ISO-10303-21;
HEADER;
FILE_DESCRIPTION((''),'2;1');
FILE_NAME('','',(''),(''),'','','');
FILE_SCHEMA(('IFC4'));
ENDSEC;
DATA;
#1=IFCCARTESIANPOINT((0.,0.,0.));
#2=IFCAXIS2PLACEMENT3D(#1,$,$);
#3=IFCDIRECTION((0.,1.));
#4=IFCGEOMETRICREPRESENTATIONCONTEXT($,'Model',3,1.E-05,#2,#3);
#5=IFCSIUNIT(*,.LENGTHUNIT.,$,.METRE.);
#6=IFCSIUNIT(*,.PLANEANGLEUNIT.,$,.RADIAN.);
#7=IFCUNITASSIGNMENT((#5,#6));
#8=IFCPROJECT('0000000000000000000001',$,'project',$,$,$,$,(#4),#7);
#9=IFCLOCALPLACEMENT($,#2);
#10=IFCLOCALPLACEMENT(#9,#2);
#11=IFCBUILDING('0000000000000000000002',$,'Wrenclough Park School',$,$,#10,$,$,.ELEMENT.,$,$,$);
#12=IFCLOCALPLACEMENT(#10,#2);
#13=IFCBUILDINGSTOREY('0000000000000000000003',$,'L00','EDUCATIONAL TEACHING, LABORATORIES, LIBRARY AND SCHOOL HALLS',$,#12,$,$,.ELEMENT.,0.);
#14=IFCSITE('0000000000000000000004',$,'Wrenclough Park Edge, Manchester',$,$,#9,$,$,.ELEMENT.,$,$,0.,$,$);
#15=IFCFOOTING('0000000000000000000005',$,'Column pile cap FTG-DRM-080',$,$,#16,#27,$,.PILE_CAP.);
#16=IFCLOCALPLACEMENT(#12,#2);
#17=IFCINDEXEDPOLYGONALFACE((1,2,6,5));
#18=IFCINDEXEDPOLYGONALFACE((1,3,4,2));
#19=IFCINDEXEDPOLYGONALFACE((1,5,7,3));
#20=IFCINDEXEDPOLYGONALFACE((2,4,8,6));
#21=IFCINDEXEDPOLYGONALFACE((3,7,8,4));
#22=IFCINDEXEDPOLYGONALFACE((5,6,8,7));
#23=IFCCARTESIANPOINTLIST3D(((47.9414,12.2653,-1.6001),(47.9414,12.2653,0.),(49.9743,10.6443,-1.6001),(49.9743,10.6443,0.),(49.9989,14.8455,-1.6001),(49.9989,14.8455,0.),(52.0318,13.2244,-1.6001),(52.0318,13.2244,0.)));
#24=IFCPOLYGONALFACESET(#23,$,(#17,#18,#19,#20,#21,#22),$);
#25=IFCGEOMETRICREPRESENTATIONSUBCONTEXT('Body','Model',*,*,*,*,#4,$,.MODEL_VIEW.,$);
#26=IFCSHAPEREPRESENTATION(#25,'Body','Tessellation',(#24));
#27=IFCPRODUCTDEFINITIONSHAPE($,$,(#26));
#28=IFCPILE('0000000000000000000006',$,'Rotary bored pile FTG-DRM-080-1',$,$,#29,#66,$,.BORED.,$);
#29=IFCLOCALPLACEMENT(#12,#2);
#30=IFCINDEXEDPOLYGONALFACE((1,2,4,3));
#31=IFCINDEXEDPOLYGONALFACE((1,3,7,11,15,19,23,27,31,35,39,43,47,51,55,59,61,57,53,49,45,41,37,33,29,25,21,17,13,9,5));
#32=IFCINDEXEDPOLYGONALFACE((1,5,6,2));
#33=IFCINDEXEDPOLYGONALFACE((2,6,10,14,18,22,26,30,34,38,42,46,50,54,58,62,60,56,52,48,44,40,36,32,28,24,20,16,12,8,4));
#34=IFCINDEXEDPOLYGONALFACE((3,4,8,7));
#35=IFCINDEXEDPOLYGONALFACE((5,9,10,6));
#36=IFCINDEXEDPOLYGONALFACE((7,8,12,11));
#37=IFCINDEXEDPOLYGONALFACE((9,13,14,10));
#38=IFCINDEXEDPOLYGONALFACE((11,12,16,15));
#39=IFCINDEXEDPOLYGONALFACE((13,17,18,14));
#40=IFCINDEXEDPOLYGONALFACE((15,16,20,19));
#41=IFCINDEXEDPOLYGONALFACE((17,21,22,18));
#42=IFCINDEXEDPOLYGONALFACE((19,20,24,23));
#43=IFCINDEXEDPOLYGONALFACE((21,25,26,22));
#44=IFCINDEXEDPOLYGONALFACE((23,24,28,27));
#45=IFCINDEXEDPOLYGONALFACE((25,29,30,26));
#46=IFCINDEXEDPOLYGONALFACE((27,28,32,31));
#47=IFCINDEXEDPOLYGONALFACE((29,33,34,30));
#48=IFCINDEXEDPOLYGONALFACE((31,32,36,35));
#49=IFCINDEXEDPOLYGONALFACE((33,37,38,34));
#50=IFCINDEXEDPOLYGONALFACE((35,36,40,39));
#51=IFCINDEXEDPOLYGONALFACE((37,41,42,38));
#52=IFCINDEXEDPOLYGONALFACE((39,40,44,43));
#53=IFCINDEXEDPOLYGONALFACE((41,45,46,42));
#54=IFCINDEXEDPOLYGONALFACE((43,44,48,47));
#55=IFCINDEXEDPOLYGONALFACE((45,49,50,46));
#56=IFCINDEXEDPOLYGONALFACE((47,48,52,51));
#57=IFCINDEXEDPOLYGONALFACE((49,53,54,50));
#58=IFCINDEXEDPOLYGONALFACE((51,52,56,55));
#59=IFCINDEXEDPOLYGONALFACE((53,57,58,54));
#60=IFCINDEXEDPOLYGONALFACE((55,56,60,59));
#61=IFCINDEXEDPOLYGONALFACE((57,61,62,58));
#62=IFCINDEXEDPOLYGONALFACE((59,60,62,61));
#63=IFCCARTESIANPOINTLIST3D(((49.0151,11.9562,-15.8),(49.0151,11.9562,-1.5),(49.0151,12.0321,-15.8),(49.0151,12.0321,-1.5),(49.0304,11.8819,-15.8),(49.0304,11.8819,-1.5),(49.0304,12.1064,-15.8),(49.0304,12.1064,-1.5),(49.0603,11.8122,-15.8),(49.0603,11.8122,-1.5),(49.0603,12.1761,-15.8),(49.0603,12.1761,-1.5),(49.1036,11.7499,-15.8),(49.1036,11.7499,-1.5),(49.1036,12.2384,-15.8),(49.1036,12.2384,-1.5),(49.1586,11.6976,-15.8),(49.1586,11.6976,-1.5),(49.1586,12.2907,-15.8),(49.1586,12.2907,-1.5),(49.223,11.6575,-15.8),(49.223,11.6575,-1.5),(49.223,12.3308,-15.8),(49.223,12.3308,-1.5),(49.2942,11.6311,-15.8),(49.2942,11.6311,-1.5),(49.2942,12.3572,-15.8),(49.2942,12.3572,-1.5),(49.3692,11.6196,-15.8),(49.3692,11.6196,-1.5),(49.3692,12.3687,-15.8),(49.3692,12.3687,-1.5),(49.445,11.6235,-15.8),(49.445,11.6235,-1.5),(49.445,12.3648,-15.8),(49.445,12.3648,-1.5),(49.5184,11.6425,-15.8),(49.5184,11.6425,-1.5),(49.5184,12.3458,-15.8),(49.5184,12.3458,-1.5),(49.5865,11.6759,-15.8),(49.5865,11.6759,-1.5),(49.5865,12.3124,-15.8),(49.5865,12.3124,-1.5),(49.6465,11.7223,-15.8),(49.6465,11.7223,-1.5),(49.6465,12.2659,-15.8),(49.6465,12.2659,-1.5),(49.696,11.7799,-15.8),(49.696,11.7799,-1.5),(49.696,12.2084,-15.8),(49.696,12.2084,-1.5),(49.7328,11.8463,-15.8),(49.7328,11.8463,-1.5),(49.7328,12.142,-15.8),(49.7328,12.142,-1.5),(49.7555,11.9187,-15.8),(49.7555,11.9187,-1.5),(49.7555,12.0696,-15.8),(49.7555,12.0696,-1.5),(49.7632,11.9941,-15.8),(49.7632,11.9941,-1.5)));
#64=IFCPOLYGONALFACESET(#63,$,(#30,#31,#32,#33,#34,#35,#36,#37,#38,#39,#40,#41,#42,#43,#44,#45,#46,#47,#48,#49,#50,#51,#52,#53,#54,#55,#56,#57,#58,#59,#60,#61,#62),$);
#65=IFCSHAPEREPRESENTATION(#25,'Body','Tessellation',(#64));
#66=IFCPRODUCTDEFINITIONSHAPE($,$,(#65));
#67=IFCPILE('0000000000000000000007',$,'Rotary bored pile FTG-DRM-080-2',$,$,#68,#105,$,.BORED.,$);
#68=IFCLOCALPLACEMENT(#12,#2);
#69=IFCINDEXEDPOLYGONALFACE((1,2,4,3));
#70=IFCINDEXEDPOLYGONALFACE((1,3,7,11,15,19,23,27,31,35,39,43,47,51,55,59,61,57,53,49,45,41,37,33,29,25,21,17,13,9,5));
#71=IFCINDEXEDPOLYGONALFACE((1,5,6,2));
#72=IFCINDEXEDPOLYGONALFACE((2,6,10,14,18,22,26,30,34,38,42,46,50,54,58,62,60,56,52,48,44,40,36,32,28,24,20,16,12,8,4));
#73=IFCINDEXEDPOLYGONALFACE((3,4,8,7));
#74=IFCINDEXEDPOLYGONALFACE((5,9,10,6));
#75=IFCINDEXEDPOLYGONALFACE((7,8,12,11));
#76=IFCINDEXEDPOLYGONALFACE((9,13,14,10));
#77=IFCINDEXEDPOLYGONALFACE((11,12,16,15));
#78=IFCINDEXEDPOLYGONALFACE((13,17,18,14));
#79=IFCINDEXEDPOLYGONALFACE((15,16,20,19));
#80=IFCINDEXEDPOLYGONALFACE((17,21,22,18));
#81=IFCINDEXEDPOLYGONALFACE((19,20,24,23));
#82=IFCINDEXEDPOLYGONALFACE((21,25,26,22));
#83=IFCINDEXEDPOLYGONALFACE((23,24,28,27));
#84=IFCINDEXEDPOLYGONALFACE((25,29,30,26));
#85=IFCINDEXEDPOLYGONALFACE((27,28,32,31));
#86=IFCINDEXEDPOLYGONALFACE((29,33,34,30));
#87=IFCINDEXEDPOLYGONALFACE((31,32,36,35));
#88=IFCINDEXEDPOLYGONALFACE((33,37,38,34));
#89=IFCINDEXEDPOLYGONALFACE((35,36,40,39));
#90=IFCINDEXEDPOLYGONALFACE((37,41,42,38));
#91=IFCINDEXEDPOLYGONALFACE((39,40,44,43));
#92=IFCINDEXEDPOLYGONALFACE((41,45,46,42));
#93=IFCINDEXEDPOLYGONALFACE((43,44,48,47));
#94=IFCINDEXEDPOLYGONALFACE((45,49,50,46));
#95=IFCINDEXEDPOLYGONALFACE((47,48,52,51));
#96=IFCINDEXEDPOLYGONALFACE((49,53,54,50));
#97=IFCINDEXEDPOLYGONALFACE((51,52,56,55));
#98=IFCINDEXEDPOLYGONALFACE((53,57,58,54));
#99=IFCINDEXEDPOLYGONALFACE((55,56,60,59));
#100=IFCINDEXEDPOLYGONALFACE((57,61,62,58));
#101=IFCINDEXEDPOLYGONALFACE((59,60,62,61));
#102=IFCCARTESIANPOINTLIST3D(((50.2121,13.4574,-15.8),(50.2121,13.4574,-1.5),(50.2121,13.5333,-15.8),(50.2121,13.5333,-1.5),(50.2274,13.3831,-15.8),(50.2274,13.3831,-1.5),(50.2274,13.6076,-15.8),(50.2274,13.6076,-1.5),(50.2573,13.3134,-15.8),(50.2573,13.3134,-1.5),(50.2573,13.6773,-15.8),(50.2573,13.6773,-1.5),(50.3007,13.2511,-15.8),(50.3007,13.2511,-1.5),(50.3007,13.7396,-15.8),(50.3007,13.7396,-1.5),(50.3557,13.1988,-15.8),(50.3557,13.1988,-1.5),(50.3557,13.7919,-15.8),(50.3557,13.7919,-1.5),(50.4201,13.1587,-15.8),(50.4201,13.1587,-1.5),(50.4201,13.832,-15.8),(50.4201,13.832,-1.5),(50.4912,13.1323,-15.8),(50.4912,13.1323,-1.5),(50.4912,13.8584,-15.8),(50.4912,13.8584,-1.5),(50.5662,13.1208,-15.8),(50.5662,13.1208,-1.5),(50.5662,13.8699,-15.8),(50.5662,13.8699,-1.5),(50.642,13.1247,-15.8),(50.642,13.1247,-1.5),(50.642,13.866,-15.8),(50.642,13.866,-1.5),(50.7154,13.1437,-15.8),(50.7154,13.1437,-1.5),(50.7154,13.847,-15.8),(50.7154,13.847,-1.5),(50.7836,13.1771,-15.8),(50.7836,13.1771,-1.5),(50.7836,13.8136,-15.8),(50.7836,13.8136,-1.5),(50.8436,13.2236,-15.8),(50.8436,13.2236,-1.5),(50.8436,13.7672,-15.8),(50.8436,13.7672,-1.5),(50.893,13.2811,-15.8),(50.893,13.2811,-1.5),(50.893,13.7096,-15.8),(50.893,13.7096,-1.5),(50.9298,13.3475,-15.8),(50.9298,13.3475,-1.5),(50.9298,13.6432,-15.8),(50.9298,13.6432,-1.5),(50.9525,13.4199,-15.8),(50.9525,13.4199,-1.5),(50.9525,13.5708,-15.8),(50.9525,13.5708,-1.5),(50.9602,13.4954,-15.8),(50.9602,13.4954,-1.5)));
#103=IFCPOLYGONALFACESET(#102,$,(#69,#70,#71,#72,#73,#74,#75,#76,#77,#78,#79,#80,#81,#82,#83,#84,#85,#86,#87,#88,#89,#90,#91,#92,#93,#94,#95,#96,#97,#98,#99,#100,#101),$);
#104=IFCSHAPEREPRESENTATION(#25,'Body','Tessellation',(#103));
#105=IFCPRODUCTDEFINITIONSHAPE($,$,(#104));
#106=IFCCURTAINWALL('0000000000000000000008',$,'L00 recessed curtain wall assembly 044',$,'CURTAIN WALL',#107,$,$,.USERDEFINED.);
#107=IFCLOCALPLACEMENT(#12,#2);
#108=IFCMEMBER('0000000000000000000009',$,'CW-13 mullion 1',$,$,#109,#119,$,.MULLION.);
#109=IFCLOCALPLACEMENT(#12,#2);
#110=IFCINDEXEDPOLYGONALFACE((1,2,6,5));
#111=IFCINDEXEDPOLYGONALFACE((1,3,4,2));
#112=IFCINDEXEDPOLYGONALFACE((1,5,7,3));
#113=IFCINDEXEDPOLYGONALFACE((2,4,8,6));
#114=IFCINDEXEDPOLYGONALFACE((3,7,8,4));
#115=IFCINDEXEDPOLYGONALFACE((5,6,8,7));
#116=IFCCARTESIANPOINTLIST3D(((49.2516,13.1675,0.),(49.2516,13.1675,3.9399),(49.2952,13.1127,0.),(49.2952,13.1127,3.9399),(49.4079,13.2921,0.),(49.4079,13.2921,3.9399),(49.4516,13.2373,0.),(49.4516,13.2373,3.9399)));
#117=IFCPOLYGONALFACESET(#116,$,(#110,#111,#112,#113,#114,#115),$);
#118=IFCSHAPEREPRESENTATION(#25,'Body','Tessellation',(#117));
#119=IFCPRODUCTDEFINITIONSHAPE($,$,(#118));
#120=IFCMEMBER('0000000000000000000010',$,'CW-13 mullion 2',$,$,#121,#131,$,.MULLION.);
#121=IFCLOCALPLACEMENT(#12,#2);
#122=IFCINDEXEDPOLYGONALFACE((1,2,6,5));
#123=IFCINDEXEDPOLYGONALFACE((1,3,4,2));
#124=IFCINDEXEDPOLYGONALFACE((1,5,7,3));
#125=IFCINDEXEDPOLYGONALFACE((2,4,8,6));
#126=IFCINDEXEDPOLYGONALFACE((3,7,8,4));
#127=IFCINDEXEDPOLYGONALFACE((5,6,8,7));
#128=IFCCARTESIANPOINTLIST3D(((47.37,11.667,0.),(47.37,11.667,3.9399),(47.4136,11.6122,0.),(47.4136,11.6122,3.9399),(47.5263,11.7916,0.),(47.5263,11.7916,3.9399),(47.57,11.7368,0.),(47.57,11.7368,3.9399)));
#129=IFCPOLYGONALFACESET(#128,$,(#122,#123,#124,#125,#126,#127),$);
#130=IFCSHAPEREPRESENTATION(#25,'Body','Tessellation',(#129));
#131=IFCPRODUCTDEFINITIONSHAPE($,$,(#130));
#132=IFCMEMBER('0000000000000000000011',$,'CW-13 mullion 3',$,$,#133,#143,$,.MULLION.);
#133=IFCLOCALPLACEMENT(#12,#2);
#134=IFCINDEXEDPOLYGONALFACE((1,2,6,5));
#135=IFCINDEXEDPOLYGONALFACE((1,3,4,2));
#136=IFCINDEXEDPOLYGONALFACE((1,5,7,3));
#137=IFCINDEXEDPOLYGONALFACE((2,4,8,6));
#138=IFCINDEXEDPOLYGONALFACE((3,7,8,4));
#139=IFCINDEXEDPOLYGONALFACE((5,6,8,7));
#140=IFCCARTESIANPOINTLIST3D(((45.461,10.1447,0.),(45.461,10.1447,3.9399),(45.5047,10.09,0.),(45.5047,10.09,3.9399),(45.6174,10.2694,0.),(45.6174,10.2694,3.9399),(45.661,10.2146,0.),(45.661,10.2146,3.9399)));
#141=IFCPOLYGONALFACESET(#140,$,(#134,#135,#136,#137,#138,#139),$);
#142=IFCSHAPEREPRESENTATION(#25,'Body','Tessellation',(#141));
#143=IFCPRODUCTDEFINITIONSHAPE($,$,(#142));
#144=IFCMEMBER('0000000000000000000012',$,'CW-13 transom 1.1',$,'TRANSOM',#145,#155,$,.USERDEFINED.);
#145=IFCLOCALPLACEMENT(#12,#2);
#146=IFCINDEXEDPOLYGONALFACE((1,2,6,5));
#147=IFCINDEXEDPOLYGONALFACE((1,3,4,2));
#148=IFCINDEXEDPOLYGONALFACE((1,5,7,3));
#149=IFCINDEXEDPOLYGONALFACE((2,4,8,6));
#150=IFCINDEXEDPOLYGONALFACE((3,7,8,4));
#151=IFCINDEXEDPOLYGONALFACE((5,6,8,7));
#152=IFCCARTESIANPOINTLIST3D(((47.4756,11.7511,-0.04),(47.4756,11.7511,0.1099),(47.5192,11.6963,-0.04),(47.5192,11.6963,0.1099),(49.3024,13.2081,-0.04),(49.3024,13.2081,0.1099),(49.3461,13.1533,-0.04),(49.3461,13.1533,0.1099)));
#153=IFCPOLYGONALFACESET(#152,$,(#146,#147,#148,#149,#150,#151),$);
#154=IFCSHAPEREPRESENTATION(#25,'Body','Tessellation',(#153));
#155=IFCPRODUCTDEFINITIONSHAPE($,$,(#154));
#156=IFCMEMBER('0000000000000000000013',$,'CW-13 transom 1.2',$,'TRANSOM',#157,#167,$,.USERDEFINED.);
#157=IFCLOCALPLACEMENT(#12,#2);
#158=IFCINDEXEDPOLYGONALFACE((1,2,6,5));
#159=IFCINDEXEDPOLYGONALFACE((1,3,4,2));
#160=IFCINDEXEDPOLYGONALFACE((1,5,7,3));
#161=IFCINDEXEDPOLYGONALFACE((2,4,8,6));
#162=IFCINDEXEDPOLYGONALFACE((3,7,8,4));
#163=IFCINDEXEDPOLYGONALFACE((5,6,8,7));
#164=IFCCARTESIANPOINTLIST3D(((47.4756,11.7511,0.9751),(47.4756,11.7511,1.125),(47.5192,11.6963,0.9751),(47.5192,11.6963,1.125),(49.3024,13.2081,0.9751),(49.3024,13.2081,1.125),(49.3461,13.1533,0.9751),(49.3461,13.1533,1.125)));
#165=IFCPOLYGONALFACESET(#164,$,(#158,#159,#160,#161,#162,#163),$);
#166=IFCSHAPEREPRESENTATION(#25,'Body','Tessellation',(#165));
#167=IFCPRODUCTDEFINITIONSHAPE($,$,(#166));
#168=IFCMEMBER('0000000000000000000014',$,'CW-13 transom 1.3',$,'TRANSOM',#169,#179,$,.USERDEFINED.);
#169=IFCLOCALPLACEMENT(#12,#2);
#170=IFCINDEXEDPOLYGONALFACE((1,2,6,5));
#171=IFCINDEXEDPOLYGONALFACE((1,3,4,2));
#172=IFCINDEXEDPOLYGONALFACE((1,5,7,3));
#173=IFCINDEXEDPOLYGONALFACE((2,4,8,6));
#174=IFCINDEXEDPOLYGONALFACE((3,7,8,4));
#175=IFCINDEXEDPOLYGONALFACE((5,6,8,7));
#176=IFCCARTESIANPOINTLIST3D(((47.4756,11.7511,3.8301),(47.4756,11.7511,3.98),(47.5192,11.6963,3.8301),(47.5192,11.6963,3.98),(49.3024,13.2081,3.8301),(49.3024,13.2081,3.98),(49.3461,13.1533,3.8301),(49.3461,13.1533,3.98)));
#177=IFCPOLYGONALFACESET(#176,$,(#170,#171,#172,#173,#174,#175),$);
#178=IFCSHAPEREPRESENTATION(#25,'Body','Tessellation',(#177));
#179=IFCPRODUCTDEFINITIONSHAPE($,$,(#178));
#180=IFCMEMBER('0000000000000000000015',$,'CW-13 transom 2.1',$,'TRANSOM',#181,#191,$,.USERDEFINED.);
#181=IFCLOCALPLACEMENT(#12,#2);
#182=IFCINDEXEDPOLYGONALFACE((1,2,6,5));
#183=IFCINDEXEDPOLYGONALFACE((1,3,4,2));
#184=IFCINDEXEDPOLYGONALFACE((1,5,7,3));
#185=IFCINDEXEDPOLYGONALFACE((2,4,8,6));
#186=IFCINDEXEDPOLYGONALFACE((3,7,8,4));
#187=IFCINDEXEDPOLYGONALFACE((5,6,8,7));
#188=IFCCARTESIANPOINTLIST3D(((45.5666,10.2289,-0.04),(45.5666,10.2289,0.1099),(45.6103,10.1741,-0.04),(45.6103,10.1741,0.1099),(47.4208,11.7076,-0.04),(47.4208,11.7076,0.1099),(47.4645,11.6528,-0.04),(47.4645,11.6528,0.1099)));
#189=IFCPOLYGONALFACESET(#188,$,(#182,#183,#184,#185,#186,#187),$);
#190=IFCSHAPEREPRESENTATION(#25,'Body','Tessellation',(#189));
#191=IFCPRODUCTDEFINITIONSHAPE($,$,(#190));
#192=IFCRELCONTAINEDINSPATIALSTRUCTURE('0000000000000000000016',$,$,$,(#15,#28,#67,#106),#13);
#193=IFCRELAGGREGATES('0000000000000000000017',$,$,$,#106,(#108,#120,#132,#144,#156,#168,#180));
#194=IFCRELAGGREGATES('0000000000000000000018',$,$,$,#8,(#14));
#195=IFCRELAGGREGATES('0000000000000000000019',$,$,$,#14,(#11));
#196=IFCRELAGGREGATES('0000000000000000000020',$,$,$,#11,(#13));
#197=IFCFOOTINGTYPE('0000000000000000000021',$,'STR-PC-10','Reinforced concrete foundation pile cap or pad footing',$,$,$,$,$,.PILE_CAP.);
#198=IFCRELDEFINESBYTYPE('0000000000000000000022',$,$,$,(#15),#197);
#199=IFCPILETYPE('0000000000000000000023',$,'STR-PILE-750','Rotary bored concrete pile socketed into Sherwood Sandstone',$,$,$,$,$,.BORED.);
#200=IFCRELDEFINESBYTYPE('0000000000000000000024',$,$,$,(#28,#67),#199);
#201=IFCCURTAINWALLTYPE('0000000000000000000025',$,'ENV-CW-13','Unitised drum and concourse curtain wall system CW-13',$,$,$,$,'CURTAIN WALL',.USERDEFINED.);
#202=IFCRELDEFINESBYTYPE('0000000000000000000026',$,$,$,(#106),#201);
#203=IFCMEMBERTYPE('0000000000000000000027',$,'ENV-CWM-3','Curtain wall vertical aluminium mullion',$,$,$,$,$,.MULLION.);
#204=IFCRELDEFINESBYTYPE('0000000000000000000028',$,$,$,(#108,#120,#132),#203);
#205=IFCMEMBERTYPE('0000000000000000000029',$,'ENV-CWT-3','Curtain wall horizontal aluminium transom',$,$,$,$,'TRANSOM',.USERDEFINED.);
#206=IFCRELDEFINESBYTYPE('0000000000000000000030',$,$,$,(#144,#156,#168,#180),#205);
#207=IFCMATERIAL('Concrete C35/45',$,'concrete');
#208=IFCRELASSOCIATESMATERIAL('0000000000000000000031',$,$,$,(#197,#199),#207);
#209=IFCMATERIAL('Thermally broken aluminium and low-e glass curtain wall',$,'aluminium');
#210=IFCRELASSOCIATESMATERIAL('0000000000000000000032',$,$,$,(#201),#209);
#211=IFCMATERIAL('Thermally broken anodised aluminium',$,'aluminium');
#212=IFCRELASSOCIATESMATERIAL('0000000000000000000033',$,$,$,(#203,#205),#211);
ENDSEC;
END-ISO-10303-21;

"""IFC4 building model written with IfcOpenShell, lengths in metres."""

from ifc_helpers import new_model, si_unit, direction, frame, origin, origin_2d, place, context, subcontext, project, spatial, rectangle, circle, extrude, material, material_profile, profile_set, type_object, element, aggregate, save


model = new_model("IFC4")

# Units and contexts
model_context = context("Model", 3, precision=1e-05, world=origin(), true_north=direction((0.0, 1.0)))
body_context = subcontext(model_context, "Body", "Model", "MODEL_VIEW")
ifc_project = project(units=[si_unit("LENGTHUNIT", "METRE"), si_unit("PLANEANGLEUNIT", "RADIAN")], contexts=[model_context])

# Site, building, storey
site_placement = place(None, origin())
site = spatial("IfcSite", under=ifc_project, at=site_placement, Name="Wrenclough Park Edge, Manchester", CompositionType="ELEMENT", RefElevation=0.0)
building_placement = place(site_placement, origin())
building = spatial("IfcBuilding", under=site, at=building_placement, Name="Wrenclough Park School", CompositionType="ELEMENT")
storey_placement = place(building_placement, origin())
storey = spatial("IfcBuildingStorey", under=building, at=storey_placement, Name="L00", Description="EDUCATIONAL TEACHING, LABORATORIES, LIBRARY AND SCHOOL HALLS", CompositionType="ELEMENT", Elevation=0.0)

# Footing
ifc_material_1 = material(Name="Concrete C35/45", Category="concrete")
footing_type = type_object("IfcFootingType", Name="STR-PC-10", Description="Reinforced concrete foundation pile cap or pad footing", PredefinedType="PILE_CAP", material=ifc_material_1)
footing_placement = place(storey_placement, frame((49.9866, 12.7449, -1.6001), z_axis=(0.0, 0.0, 1.0), x_axis=(0.62347, 0.781847, 0.0)))
element("IfcFooting", 1, at=footing_placement, inside=storey, type_object=footing_type, Name="Column pile cap FTG-DRM-080", PredefinedType="PILE_CAP", context=body_context, shape_type="SweptSolid", body=[
    extrude(rectangle(XDim=3.3, YDim=2.6001, at=origin_2d()), origin(), (0.0, 0.0, 1.0), 1.6001),
])

# Piles
ifc_material_profile_1 = material_profile(ifc_material_1, circle(Radius=0.375, at=origin_2d()), Name="BORED PILE D750")
ifc_profile_set_1 = profile_set([ifc_material_profile_1], Name="Concrete C35/45")
pile_type = type_object("IfcPileType", Name="STR-PILE-750", Description="Rotary bored concrete pile socketed into Sherwood Sandstone", PredefinedType="BORED", material=ifc_profile_set_1)
for number, where, z_axis, x_axis, name in (
    (2, (49.3882, 11.9941, -1.5), (0.0, 0.0, -1.0), (1.0, 0.0, 0.0), "Rotary bored pile FTG-DRM-080-1"),
    (3, (50.5852, 13.4954, -1.5), (0.0, 0.0, -1.0), (1.0, 0.0, 0.0), "Rotary bored pile FTG-DRM-080-2"),
):
    element("IfcPile", number, at=place(storey_placement, frame(where, z_axis=z_axis, x_axis=x_axis)), inside=storey, type_object=pile_type, Name=name, PredefinedType="BORED", context=body_context, shape_type="SweptSolid", body=[
        extrude(circle(Radius=0.375, at=origin_2d()), origin(), (0.0, 0.0, 1.0), 14.3),
    ])

# Curtain wall, members
ifc_material_2 = material(Name="Thermally broken aluminium and low-e glass curtain wall", Category="aluminium")
curtain_wall_type = type_object("IfcCurtainWallType", Name="ENV-CW-13", Description="Unitised drum and concourse curtain wall system CW-13", ElementType="CURTAIN WALL", PredefinedType="USERDEFINED", material=ifc_material_2)
curtain_wall_placement = place(storey_placement, origin())
curtain_wall = element("IfcCurtainWall", 4, at=curtain_wall_placement, inside=storey, type_object=curtain_wall_type, Name="L00 recessed curtain wall assembly 044", ObjectType="CURTAIN WALL", PredefinedType="USERDEFINED")
ifc_material_3 = material(Name="Thermally broken anodised aluminium", Category="aluminium")
ifc_material_profile_2 = material_profile(ifc_material_3, rectangle(XDim=0.0701, YDim=0.2, at=origin_2d()), Name="AL MULLION 70x200")
ifc_profile_set_2 = profile_set([ifc_material_profile_2], Name="Thermally broken anodised aluminium")
member_type_1 = type_object("IfcMemberType", Name="ENV-CWM-3", Description="Curtain wall vertical aluminium mullion", PredefinedType="MULLION", material=ifc_profile_set_2)
member_1_placement = place(storey_placement, frame((49.3516, 13.2024, 0.0), z_axis=(0.0, 0.0, 1.0), x_axis=(0.623484, -0.781836, 0.0)))
member_1 = element("IfcMember", 5, at=member_1_placement, type_object=member_type_1, Name="CW-13 mullion 1", PredefinedType="MULLION", context=body_context, shape_type="SweptSolid", body=[
    extrude(rectangle(XDim=0.0701, YDim=0.2, at=origin_2d()), origin(), (0.0, 0.0, 1.0), 3.9399),
])
member_2_placement = place(storey_placement, frame((47.47, 11.7019, 0.0), z_axis=(0.0, 0.0, 1.0), x_axis=(0.623484, -0.781836, 0.0)))
member_2 = element("IfcMember", 6, at=member_2_placement, type_object=member_type_1, Name="CW-13 mullion 2", PredefinedType="MULLION", context=body_context, shape_type="SweptSolid", body=[
    extrude(rectangle(XDim=0.0701, YDim=0.2, at=origin_2d()), origin(), (0.0, 0.0, 1.0), 3.9399),
])
member_3_placement = place(storey_placement, frame((45.561, 10.1797, 0.0), z_axis=(0.0, 0.0, 1.0), x_axis=(0.623484, -0.781836, 0.0)))
member_3 = element("IfcMember", 7, at=member_3_placement, type_object=member_type_1, Name="CW-13 mullion 3", PredefinedType="MULLION", context=body_context, shape_type="SweptSolid", body=[
    extrude(rectangle(XDim=0.0701, YDim=0.2, at=origin_2d()), origin(), (0.0, 0.0, 1.0), 3.9399),
])
ifc_material_profile_3 = material_profile(ifc_material_3, rectangle(XDim=0.0701, YDim=0.1499, at=origin_2d()), Name="AL TRANSOM 70x150")
ifc_profile_set_3 = profile_set([ifc_material_profile_3], Name="Thermally broken anodised aluminium")
member_type_2 = type_object("IfcMemberType", Name="ENV-CWT-3", Description="Curtain wall horizontal aluminium transom", ElementType="TRANSOM", PredefinedType="USERDEFINED", material=ifc_profile_set_3)
member_4_placement = place(storey_placement, frame((49.3242, 13.1807, 0.0349), z_axis=(-0.781806, -0.623522, 0.0), x_axis=(0.623522, -0.781806, 0.0)))
member_4 = element("IfcMember", 8, at=member_4_placement, type_object=member_type_2, Name="CW-13 transom 1.1", ObjectType="TRANSOM", PredefinedType="USERDEFINED", context=body_context, shape_type="SweptSolid", body=[
    extrude(rectangle(XDim=0.0701, YDim=0.1499, at=origin_2d()), origin(), (0.0, 0.0, 1.0), 2.3367),
])
member_5_placement = place(storey_placement, frame((49.3242, 13.1807, 1.05), z_axis=(-0.781806, -0.623522, 0.0), x_axis=(0.623522, -0.781806, 0.0)))
member_5 = element("IfcMember", 9, at=member_5_placement, type_object=member_type_2, Name="CW-13 transom 1.2", ObjectType="TRANSOM", PredefinedType="USERDEFINED", context=body_context, shape_type="SweptSolid", body=[
    extrude(rectangle(XDim=0.0701, YDim=0.1499, at=origin_2d()), origin(), (0.0, 0.0, 1.0), 2.3367),
])
member_6_placement = place(storey_placement, frame((49.3242, 13.1807, 3.905), z_axis=(-0.781806, -0.623522, 0.0), x_axis=(0.623522, -0.781806, 0.0)))
member_6 = element("IfcMember", 10, at=member_6_placement, type_object=member_type_2, Name="CW-13 transom 1.3", ObjectType="TRANSOM", PredefinedType="USERDEFINED", context=body_context, shape_type="SweptSolid", body=[
    extrude(rectangle(XDim=0.0701, YDim=0.1499, at=origin_2d()), origin(), (0.0, 0.0, 1.0), 2.3367),
])
member_7_placement = place(storey_placement, frame((47.4426, 11.6802, 0.0349), z_axis=(-0.781822, -0.623502, 0.0), x_axis=(0.623502, -0.781822, 0.0)))
member_7 = element("IfcMember", 11, at=member_7_placement, type_object=member_type_2, Name="CW-13 transom 2.1", ObjectType="TRANSOM", PredefinedType="USERDEFINED", context=body_context, shape_type="SweptSolid", body=[
    extrude(rectangle(XDim=0.0701, YDim=0.1499, at=origin_2d()), origin(), (0.0, 0.0, 1.0), 2.3716),
])

aggregate(curtain_wall, [member_1, member_2, member_3, member_4, member_5, member_6, member_7])

save(model, "model.ifc")
